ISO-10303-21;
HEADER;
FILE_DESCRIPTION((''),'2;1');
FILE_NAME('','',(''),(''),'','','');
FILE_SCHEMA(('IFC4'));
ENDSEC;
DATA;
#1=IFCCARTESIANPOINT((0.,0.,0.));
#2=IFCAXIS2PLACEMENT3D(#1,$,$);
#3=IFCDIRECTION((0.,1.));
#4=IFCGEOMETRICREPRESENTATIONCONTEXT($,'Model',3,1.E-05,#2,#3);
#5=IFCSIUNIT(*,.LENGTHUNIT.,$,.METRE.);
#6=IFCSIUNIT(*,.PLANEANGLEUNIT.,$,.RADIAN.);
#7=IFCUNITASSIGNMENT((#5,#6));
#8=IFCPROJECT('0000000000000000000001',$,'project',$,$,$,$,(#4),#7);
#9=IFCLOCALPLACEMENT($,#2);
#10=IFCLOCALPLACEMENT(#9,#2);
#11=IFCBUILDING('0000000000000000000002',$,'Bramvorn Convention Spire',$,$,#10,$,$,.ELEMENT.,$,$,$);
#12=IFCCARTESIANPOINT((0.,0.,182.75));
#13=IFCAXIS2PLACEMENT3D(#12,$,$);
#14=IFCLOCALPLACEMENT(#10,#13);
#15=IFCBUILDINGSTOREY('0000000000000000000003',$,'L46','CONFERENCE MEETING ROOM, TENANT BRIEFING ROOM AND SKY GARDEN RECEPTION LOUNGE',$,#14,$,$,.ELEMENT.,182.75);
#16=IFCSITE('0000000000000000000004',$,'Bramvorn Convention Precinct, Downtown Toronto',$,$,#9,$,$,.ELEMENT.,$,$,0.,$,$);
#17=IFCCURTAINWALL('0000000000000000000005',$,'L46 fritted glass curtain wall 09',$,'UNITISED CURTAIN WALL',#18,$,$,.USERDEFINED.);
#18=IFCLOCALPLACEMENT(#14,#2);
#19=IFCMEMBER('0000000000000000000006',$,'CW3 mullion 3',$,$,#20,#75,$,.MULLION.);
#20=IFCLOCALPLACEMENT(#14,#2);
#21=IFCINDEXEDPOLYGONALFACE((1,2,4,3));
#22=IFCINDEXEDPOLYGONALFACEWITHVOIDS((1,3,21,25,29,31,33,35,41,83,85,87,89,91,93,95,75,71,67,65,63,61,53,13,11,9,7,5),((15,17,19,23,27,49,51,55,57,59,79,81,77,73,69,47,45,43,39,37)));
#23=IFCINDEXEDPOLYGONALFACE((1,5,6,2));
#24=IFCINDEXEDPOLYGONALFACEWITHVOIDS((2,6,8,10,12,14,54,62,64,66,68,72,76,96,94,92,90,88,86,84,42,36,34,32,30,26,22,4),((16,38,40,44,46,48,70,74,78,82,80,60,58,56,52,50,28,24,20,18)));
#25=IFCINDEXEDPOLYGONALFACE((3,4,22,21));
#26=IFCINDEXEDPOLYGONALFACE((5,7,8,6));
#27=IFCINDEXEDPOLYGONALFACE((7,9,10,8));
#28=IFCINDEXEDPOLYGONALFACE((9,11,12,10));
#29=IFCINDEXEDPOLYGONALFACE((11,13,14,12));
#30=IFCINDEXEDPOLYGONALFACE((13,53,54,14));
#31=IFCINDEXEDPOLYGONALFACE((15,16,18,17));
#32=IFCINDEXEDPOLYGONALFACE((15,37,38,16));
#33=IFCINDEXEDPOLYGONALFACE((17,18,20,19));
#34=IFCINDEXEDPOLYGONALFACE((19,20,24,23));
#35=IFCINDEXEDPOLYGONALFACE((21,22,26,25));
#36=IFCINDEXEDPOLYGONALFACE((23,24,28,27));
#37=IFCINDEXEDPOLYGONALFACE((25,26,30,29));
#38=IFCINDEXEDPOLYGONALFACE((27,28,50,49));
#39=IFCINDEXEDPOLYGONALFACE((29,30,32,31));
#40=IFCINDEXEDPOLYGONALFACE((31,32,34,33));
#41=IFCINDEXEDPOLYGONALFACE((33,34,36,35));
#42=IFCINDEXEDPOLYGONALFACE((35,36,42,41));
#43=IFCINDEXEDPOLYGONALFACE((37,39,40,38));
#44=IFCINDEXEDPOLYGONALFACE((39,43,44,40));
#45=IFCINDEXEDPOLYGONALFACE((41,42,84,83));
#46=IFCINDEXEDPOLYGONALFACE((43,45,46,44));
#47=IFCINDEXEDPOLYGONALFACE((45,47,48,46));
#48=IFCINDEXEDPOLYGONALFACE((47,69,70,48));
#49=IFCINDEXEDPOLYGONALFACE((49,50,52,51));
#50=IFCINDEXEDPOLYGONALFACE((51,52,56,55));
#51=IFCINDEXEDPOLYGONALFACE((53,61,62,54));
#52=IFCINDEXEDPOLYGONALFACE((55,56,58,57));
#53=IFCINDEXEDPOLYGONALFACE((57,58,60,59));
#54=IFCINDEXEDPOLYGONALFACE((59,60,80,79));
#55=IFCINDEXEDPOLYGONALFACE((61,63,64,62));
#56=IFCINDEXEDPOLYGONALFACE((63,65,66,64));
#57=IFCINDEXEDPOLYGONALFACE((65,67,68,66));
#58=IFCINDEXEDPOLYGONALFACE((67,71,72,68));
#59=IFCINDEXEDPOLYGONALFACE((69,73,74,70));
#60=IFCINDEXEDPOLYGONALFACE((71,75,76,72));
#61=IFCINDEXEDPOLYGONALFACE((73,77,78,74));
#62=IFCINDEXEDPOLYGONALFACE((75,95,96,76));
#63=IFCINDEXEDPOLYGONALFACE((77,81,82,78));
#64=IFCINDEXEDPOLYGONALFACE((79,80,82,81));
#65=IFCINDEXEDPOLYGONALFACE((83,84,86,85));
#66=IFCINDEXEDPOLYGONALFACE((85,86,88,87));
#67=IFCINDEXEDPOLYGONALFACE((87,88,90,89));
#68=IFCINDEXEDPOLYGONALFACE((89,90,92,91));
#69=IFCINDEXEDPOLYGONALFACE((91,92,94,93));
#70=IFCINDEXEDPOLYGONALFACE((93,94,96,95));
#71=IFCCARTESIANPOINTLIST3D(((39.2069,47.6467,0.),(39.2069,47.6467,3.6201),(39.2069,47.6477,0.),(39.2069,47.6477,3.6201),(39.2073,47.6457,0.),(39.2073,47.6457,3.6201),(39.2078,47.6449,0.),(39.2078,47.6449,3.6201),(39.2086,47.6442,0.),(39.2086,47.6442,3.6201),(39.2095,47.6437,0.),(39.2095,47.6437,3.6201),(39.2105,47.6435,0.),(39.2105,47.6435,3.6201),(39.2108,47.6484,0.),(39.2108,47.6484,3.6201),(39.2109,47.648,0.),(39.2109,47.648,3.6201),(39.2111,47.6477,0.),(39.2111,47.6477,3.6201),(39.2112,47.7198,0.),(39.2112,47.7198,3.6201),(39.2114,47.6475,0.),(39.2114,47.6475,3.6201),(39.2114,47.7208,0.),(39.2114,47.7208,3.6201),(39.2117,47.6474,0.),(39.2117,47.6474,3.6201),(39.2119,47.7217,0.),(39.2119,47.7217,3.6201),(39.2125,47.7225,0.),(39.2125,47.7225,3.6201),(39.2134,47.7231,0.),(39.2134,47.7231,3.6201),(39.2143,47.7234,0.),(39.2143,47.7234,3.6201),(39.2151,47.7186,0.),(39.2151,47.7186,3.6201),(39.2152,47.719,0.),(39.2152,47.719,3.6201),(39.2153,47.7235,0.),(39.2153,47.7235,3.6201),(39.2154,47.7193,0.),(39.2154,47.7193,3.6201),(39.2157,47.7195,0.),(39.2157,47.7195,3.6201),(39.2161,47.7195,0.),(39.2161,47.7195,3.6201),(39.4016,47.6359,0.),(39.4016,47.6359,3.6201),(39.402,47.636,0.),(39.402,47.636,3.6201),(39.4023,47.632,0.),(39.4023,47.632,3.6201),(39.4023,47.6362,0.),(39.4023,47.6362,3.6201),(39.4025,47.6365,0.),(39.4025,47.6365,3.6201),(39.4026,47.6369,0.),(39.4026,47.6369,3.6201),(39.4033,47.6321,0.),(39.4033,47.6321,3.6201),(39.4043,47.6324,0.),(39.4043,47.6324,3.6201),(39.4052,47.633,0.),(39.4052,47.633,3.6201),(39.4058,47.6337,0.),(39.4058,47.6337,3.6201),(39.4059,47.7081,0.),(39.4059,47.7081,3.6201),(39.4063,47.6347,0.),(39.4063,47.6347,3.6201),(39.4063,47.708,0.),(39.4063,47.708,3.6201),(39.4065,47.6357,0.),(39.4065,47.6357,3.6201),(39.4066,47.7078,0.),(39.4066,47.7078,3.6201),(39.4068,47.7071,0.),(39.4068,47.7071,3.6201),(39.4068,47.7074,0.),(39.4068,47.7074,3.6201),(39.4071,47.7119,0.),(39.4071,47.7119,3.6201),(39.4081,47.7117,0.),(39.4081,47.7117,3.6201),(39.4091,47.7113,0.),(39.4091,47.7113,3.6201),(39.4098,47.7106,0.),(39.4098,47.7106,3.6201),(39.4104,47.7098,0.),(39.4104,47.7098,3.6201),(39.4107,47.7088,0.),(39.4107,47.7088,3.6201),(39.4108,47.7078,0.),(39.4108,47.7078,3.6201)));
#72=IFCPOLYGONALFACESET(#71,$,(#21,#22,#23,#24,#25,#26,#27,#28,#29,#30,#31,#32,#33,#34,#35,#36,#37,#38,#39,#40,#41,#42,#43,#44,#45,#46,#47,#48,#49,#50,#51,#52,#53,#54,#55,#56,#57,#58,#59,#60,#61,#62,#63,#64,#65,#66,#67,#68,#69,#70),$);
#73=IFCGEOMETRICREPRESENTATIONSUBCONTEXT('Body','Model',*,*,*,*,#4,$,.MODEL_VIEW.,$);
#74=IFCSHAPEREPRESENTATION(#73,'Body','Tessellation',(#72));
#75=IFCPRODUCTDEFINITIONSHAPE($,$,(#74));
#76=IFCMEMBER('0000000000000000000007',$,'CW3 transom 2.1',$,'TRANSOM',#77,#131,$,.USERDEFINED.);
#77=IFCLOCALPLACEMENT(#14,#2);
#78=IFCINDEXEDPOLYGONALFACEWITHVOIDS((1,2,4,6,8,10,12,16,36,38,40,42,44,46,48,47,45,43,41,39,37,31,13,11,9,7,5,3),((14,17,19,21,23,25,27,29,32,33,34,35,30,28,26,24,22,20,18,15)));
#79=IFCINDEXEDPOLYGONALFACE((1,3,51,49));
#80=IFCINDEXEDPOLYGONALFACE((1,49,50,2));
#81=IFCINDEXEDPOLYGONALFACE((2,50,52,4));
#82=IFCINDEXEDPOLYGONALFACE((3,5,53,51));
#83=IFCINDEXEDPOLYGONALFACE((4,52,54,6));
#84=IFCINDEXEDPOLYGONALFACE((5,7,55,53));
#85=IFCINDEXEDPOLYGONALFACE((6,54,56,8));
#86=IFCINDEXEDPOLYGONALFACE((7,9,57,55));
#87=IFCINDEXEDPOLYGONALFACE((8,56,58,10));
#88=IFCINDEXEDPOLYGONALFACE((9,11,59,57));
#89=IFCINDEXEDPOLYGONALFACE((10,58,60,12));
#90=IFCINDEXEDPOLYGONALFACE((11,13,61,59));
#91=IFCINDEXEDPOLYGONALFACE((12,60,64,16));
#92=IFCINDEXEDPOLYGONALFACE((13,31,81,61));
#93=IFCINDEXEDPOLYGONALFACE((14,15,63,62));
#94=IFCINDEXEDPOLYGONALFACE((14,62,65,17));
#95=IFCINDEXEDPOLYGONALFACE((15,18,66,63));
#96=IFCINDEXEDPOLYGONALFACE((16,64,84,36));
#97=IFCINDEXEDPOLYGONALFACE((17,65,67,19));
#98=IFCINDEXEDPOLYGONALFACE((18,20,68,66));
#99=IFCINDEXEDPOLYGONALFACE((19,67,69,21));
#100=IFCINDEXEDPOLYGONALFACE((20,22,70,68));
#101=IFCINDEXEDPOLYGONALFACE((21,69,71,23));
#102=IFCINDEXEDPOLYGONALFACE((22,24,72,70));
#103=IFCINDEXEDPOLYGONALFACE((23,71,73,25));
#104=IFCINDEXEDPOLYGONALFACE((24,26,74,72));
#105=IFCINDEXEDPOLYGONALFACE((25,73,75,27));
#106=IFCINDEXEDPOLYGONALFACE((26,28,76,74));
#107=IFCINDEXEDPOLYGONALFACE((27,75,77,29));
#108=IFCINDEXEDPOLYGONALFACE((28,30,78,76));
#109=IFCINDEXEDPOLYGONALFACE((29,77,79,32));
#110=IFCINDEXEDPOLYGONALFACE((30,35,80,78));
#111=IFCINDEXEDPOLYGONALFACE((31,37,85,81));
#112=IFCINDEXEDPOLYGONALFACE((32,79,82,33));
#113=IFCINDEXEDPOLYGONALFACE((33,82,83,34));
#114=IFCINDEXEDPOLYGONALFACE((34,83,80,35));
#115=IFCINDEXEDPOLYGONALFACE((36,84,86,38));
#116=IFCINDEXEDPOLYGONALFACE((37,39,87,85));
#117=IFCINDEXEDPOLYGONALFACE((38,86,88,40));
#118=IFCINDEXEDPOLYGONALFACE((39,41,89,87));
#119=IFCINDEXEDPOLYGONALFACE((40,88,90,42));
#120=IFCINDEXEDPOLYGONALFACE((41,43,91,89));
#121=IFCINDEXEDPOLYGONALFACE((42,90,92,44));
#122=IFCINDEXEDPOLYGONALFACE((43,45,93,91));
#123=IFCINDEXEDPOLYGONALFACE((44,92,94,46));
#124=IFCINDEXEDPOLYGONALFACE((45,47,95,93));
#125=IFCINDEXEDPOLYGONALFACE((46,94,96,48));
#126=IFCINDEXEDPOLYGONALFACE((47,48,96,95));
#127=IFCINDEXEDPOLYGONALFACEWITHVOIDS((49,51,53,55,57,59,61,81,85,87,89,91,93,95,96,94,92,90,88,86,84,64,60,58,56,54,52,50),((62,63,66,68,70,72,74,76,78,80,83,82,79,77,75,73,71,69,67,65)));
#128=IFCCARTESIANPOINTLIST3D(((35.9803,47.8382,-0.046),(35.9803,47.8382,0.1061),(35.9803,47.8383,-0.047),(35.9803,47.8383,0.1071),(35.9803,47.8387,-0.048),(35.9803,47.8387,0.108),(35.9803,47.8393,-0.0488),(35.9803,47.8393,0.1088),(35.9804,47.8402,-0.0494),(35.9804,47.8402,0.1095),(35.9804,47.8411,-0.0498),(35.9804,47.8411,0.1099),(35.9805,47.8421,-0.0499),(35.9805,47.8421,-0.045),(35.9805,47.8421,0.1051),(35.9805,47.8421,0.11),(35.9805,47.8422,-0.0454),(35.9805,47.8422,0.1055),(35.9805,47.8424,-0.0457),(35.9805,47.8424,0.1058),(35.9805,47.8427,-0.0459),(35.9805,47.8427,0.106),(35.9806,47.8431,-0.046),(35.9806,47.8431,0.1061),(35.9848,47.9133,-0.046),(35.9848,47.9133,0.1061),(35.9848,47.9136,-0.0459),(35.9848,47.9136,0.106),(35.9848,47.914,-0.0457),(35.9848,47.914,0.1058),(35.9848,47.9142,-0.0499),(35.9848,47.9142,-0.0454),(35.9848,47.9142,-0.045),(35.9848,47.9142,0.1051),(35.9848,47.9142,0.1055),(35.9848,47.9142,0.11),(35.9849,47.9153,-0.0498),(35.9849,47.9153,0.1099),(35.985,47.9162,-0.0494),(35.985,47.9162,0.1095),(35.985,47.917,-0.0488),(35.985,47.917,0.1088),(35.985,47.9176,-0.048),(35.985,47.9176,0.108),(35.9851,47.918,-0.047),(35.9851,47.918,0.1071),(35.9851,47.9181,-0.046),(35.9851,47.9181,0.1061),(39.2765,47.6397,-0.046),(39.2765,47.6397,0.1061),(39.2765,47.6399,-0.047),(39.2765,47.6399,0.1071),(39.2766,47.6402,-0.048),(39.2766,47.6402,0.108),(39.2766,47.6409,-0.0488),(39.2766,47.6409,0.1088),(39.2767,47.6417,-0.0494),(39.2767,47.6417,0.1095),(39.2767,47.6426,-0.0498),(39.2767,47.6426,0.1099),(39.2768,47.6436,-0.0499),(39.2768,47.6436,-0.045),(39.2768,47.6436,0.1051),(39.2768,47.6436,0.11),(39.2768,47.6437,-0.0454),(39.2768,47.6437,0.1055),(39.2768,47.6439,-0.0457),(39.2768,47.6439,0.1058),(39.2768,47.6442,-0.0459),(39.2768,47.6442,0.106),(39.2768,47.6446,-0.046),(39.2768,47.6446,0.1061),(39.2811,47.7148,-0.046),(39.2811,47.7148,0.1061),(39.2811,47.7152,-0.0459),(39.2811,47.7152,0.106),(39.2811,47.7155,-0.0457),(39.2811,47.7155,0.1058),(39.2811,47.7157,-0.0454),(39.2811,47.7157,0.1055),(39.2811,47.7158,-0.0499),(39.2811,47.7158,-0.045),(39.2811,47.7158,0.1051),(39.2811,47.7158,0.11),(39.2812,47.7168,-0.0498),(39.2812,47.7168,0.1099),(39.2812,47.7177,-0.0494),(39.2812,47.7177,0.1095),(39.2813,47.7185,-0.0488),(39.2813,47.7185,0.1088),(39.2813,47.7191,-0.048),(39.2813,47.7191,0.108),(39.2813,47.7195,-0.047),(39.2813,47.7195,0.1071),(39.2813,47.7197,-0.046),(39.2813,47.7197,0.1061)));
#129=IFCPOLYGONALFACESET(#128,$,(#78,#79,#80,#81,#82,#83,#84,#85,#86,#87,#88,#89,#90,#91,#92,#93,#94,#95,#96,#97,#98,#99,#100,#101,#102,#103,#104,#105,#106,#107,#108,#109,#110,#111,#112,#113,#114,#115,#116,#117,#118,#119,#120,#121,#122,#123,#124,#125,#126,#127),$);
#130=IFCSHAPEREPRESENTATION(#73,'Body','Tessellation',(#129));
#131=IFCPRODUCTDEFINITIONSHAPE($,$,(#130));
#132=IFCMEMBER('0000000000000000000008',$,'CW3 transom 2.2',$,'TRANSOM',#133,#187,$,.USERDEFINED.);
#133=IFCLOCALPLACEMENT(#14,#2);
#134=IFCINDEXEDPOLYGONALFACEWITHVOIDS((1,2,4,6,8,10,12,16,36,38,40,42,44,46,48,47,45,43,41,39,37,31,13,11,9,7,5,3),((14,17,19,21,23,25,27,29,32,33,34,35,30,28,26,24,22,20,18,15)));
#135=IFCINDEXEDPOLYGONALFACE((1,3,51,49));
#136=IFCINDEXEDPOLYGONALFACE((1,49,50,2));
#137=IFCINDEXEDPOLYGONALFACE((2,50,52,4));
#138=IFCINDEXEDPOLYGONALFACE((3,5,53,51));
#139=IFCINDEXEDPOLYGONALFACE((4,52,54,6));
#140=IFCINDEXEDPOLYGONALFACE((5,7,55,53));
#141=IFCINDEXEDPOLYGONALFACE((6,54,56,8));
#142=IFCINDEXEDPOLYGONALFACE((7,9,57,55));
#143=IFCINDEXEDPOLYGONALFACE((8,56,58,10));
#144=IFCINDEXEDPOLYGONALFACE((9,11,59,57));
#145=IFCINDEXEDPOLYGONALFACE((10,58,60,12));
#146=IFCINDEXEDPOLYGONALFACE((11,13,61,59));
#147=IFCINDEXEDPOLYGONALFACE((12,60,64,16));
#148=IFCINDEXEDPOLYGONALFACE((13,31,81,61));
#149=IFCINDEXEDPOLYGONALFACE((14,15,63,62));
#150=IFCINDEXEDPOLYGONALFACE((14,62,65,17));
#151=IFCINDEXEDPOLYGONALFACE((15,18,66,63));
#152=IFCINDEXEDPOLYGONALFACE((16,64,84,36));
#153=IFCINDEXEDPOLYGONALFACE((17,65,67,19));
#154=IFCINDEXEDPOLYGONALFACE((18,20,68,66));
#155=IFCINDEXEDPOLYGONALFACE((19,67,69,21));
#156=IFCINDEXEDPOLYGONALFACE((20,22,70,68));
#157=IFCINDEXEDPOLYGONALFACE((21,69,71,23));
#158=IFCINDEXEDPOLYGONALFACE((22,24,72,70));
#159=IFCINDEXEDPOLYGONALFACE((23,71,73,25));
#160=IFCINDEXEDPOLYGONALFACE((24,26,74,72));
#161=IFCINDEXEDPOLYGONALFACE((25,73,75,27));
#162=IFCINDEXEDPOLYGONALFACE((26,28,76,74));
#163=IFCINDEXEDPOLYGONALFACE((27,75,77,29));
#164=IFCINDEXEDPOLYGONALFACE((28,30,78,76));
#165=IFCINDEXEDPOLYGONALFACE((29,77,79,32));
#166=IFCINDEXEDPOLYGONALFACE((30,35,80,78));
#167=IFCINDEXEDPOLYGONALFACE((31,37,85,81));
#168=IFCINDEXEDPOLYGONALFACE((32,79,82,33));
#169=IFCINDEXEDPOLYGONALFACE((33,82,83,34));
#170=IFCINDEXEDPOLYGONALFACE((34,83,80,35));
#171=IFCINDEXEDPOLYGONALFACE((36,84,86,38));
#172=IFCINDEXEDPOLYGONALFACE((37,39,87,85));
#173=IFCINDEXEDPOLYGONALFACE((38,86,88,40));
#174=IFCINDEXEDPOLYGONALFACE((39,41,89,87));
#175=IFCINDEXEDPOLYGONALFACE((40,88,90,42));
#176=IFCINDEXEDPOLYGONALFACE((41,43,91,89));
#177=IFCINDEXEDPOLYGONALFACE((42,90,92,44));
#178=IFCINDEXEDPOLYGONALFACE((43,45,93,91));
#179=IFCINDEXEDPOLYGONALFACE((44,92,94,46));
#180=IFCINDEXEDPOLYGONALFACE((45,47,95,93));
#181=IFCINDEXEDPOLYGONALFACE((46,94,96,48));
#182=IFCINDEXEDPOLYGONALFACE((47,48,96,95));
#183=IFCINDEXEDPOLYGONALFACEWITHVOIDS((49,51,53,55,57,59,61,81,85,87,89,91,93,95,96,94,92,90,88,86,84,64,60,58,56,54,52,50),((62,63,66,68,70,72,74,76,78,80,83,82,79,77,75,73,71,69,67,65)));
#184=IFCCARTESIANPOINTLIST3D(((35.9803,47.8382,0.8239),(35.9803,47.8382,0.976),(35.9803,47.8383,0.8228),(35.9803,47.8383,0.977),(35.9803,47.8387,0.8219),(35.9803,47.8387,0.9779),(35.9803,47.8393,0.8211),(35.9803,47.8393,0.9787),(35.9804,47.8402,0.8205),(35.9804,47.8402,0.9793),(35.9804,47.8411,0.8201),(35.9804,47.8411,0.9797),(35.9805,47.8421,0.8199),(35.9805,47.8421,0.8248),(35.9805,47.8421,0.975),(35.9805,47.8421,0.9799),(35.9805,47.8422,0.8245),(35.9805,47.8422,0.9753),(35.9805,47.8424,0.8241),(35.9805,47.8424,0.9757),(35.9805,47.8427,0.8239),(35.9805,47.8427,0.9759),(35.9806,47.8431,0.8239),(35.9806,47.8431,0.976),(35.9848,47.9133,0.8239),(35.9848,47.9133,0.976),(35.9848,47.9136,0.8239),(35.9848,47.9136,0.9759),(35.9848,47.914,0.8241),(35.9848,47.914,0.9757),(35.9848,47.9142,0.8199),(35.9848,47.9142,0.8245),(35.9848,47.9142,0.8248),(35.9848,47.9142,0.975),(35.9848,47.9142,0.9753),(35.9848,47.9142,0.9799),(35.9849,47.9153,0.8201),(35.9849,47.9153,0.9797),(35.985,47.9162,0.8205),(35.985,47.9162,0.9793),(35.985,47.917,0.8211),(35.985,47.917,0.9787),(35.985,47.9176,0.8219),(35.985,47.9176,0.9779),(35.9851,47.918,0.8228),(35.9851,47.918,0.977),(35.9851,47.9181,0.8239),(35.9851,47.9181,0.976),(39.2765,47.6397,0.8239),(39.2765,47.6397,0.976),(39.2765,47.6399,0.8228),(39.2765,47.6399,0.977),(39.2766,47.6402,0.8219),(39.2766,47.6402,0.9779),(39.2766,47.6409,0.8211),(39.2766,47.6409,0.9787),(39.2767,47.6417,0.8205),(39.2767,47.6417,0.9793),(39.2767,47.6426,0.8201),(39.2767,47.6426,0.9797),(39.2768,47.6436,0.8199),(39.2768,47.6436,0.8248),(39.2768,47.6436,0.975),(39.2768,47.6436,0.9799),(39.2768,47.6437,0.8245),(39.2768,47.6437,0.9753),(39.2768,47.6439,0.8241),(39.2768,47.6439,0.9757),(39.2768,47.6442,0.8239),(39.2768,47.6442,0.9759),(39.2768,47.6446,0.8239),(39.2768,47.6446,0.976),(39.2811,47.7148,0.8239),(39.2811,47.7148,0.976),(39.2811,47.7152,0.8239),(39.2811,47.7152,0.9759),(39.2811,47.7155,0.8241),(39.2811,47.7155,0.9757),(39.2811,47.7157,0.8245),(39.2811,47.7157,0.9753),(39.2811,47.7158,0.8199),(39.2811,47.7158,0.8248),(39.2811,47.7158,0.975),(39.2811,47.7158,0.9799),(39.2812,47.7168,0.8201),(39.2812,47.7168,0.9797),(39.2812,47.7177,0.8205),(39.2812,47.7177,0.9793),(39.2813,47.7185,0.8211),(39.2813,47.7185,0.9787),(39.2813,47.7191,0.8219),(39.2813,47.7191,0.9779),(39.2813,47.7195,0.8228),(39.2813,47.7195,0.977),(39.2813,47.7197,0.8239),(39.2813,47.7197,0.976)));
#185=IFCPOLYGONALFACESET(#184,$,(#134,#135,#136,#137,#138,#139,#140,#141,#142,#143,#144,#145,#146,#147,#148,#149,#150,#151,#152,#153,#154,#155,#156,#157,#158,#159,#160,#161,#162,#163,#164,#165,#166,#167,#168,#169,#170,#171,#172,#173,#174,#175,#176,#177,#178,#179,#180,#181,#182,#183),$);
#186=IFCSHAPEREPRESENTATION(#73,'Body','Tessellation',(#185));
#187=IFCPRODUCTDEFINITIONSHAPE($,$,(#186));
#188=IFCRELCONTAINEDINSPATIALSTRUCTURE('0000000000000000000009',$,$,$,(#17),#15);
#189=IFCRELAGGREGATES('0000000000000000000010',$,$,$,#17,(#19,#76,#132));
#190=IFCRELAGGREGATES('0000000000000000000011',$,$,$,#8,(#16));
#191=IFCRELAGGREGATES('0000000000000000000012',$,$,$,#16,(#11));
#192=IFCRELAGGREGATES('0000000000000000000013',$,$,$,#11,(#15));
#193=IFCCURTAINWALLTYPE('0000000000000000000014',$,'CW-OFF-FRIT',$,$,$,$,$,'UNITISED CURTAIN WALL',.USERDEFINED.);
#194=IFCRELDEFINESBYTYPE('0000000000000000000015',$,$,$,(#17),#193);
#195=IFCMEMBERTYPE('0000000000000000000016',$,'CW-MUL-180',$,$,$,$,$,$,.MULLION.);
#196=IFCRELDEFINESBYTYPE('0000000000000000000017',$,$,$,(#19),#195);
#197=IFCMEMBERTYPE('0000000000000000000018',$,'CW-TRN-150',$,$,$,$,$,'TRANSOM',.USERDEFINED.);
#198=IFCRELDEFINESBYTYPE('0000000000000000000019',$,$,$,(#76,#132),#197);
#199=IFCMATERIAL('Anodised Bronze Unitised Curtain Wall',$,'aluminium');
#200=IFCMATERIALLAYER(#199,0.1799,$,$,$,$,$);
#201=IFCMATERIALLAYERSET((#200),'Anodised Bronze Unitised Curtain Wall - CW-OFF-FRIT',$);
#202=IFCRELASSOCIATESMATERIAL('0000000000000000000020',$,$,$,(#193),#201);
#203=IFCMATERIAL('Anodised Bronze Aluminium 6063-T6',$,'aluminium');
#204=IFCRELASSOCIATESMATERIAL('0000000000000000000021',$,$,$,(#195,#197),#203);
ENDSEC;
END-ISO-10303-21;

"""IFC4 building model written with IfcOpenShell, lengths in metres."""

from ifc_helpers import new_model, si_unit, direction, frame, origin, origin_2d, place, context, subcontext, project, spatial, hollow_rectangle, extrude, material, layer, layer_set, material_profile, profile_set, type_object, element, aggregate, save


model = new_model("IFC4")

# Units and contexts
model_context = context("Model", 3, precision=1e-05, world=origin(), true_north=direction((0.0, 1.0)))
body_context = subcontext(model_context, "Body", "Model", "MODEL_VIEW")
ifc_project = project(units=[si_unit("LENGTHUNIT", "METRE"), si_unit("PLANEANGLEUNIT", "RADIAN")], contexts=[model_context])

# Site, building, storey
site_placement = place(None, origin())
site = spatial("IfcSite", under=ifc_project, at=site_placement, Name="Bramvorn Convention Precinct, Downtown Toronto", CompositionType="ELEMENT", RefElevation=0.0)
building_placement = place(site_placement, origin())
building = spatial("IfcBuilding", under=site, at=building_placement, Name="Bramvorn Convention Spire", CompositionType="ELEMENT")
storey_placement = place(building_placement, frame((0.0, 0.0, 182.75)))
storey = spatial("IfcBuildingStorey", under=building, at=storey_placement, Name="L46", Description="CONFERENCE MEETING ROOM, TENANT BRIEFING ROOM AND SKY GARDEN RECEPTION LOUNGE", CompositionType="ELEMENT", Elevation=182.75)

# Curtain wall, members
ifc_material_1 = material(Name="Anodised Bronze Unitised Curtain Wall", Category="aluminium")
ifc_layer_1 = layer(ifc_material_1, 0.1799)
ifc_layer_set_1 = layer_set([ifc_layer_1], Name="Anodised Bronze Unitised Curtain Wall - CW-OFF-FRIT")
curtain_wall_type = type_object("IfcCurtainWallType", Name="CW-OFF-FRIT", ElementType="UNITISED CURTAIN WALL", PredefinedType="USERDEFINED", material=ifc_layer_set_1)
curtain_wall_placement = place(storey_placement, origin())
curtain_wall = element("IfcCurtainWall", 1, at=curtain_wall_placement, inside=storey, type_object=curtain_wall_type, Name="L46 fritted glass curtain wall 09", ObjectType="UNITISED CURTAIN WALL", PredefinedType="USERDEFINED")
ifc_material_2 = material(Name="Anodised Bronze Aluminium 6063-T6", Category="aluminium")
ifc_material_profile_1 = material_profile(ifc_material_2, hollow_rectangle(XDim=0.0801, YDim=0.2, WallThickness=0.0039, InnerFilletRadius=0.001, OuterFilletRadius=0.0039, at=origin_2d()))
ifc_profile_set_1 = profile_set([ifc_material_profile_1], Name="Anodised Bronze Aluminium 6063-T6 - CWM80X200")
member_type_1 = type_object("IfcMemberType", Name="CW-MUL-180", PredefinedType="MULLION", material=ifc_profile_set_1)
member_1_placement = place(storey_placement, frame((39.3088, 47.6777, 0.0), z_axis=(0.0, 0.0, 1.0), x_axis=(0.060123, 0.998191, 0.0)))
member_1 = element("IfcMember", 2, at=member_1_placement, type_object=member_type_1, Name="CW3 mullion 3", PredefinedType="MULLION", context=body_context, shape_type="SweptSolid", body=[
    extrude(hollow_rectangle(XDim=0.0801, YDim=0.2, WallThickness=0.0039, InnerFilletRadius=0.001, OuterFilletRadius=0.0039, at=origin_2d()), origin(), (0.0, 0.0, 1.0), 3.6201),
])
ifc_material_profile_2 = material_profile(ifc_material_2, hollow_rectangle(XDim=0.0801, YDim=0.1599, WallThickness=0.0039, InnerFilletRadius=0.001, OuterFilletRadius=0.0039, at=origin_2d()))
ifc_profile_set_2 = profile_set([ifc_material_profile_2], Name="Anodised Bronze Aluminium 6063-T6 - CWT80X160")
member_type_2 = type_object("IfcMemberType", Name="CW-TRN-150", ElementType="TRANSOM", PredefinedType="USERDEFINED", material=ifc_profile_set_2)
member_2_placement = place(storey_placement, frame((35.9827, 47.8782, 0.03), z_axis=(0.998192, -0.060104, 0.0), x_axis=(0.060104, 0.998192, 0.0)))
member_2 = element("IfcMember", 3, at=member_2_placement, type_object=member_type_2, Name="CW3 transom 2.1", ObjectType="TRANSOM", PredefinedType="USERDEFINED", context=body_context, shape_type="SweptSolid", body=[
    extrude(hollow_rectangle(XDim=0.0801, YDim=0.1599, WallThickness=0.0039, InnerFilletRadius=0.001, OuterFilletRadius=0.0039, at=origin_2d()), origin(), (0.0, 0.0, 1.0), 3.3022),
])
member_3_placement = place(storey_placement, frame((35.9827, 47.8782, 0.8999), z_axis=(0.998192, -0.060104, 0.0), x_axis=(0.060104, 0.998192, 0.0)))
member_3 = element("IfcMember", 4, at=member_3_placement, type_object=member_type_2, Name="CW3 transom 2.2", ObjectType="TRANSOM", PredefinedType="USERDEFINED", context=body_context, shape_type="SweptSolid", body=[
    extrude(hollow_rectangle(XDim=0.0801, YDim=0.1599, WallThickness=0.0039, InnerFilletRadius=0.001, OuterFilletRadius=0.0039, at=origin_2d()), origin(), (0.0, 0.0, 1.0), 3.3022),
])
aggregate(curtain_wall, [member_1, member_2, member_3])

save(model, "model.ifc")
